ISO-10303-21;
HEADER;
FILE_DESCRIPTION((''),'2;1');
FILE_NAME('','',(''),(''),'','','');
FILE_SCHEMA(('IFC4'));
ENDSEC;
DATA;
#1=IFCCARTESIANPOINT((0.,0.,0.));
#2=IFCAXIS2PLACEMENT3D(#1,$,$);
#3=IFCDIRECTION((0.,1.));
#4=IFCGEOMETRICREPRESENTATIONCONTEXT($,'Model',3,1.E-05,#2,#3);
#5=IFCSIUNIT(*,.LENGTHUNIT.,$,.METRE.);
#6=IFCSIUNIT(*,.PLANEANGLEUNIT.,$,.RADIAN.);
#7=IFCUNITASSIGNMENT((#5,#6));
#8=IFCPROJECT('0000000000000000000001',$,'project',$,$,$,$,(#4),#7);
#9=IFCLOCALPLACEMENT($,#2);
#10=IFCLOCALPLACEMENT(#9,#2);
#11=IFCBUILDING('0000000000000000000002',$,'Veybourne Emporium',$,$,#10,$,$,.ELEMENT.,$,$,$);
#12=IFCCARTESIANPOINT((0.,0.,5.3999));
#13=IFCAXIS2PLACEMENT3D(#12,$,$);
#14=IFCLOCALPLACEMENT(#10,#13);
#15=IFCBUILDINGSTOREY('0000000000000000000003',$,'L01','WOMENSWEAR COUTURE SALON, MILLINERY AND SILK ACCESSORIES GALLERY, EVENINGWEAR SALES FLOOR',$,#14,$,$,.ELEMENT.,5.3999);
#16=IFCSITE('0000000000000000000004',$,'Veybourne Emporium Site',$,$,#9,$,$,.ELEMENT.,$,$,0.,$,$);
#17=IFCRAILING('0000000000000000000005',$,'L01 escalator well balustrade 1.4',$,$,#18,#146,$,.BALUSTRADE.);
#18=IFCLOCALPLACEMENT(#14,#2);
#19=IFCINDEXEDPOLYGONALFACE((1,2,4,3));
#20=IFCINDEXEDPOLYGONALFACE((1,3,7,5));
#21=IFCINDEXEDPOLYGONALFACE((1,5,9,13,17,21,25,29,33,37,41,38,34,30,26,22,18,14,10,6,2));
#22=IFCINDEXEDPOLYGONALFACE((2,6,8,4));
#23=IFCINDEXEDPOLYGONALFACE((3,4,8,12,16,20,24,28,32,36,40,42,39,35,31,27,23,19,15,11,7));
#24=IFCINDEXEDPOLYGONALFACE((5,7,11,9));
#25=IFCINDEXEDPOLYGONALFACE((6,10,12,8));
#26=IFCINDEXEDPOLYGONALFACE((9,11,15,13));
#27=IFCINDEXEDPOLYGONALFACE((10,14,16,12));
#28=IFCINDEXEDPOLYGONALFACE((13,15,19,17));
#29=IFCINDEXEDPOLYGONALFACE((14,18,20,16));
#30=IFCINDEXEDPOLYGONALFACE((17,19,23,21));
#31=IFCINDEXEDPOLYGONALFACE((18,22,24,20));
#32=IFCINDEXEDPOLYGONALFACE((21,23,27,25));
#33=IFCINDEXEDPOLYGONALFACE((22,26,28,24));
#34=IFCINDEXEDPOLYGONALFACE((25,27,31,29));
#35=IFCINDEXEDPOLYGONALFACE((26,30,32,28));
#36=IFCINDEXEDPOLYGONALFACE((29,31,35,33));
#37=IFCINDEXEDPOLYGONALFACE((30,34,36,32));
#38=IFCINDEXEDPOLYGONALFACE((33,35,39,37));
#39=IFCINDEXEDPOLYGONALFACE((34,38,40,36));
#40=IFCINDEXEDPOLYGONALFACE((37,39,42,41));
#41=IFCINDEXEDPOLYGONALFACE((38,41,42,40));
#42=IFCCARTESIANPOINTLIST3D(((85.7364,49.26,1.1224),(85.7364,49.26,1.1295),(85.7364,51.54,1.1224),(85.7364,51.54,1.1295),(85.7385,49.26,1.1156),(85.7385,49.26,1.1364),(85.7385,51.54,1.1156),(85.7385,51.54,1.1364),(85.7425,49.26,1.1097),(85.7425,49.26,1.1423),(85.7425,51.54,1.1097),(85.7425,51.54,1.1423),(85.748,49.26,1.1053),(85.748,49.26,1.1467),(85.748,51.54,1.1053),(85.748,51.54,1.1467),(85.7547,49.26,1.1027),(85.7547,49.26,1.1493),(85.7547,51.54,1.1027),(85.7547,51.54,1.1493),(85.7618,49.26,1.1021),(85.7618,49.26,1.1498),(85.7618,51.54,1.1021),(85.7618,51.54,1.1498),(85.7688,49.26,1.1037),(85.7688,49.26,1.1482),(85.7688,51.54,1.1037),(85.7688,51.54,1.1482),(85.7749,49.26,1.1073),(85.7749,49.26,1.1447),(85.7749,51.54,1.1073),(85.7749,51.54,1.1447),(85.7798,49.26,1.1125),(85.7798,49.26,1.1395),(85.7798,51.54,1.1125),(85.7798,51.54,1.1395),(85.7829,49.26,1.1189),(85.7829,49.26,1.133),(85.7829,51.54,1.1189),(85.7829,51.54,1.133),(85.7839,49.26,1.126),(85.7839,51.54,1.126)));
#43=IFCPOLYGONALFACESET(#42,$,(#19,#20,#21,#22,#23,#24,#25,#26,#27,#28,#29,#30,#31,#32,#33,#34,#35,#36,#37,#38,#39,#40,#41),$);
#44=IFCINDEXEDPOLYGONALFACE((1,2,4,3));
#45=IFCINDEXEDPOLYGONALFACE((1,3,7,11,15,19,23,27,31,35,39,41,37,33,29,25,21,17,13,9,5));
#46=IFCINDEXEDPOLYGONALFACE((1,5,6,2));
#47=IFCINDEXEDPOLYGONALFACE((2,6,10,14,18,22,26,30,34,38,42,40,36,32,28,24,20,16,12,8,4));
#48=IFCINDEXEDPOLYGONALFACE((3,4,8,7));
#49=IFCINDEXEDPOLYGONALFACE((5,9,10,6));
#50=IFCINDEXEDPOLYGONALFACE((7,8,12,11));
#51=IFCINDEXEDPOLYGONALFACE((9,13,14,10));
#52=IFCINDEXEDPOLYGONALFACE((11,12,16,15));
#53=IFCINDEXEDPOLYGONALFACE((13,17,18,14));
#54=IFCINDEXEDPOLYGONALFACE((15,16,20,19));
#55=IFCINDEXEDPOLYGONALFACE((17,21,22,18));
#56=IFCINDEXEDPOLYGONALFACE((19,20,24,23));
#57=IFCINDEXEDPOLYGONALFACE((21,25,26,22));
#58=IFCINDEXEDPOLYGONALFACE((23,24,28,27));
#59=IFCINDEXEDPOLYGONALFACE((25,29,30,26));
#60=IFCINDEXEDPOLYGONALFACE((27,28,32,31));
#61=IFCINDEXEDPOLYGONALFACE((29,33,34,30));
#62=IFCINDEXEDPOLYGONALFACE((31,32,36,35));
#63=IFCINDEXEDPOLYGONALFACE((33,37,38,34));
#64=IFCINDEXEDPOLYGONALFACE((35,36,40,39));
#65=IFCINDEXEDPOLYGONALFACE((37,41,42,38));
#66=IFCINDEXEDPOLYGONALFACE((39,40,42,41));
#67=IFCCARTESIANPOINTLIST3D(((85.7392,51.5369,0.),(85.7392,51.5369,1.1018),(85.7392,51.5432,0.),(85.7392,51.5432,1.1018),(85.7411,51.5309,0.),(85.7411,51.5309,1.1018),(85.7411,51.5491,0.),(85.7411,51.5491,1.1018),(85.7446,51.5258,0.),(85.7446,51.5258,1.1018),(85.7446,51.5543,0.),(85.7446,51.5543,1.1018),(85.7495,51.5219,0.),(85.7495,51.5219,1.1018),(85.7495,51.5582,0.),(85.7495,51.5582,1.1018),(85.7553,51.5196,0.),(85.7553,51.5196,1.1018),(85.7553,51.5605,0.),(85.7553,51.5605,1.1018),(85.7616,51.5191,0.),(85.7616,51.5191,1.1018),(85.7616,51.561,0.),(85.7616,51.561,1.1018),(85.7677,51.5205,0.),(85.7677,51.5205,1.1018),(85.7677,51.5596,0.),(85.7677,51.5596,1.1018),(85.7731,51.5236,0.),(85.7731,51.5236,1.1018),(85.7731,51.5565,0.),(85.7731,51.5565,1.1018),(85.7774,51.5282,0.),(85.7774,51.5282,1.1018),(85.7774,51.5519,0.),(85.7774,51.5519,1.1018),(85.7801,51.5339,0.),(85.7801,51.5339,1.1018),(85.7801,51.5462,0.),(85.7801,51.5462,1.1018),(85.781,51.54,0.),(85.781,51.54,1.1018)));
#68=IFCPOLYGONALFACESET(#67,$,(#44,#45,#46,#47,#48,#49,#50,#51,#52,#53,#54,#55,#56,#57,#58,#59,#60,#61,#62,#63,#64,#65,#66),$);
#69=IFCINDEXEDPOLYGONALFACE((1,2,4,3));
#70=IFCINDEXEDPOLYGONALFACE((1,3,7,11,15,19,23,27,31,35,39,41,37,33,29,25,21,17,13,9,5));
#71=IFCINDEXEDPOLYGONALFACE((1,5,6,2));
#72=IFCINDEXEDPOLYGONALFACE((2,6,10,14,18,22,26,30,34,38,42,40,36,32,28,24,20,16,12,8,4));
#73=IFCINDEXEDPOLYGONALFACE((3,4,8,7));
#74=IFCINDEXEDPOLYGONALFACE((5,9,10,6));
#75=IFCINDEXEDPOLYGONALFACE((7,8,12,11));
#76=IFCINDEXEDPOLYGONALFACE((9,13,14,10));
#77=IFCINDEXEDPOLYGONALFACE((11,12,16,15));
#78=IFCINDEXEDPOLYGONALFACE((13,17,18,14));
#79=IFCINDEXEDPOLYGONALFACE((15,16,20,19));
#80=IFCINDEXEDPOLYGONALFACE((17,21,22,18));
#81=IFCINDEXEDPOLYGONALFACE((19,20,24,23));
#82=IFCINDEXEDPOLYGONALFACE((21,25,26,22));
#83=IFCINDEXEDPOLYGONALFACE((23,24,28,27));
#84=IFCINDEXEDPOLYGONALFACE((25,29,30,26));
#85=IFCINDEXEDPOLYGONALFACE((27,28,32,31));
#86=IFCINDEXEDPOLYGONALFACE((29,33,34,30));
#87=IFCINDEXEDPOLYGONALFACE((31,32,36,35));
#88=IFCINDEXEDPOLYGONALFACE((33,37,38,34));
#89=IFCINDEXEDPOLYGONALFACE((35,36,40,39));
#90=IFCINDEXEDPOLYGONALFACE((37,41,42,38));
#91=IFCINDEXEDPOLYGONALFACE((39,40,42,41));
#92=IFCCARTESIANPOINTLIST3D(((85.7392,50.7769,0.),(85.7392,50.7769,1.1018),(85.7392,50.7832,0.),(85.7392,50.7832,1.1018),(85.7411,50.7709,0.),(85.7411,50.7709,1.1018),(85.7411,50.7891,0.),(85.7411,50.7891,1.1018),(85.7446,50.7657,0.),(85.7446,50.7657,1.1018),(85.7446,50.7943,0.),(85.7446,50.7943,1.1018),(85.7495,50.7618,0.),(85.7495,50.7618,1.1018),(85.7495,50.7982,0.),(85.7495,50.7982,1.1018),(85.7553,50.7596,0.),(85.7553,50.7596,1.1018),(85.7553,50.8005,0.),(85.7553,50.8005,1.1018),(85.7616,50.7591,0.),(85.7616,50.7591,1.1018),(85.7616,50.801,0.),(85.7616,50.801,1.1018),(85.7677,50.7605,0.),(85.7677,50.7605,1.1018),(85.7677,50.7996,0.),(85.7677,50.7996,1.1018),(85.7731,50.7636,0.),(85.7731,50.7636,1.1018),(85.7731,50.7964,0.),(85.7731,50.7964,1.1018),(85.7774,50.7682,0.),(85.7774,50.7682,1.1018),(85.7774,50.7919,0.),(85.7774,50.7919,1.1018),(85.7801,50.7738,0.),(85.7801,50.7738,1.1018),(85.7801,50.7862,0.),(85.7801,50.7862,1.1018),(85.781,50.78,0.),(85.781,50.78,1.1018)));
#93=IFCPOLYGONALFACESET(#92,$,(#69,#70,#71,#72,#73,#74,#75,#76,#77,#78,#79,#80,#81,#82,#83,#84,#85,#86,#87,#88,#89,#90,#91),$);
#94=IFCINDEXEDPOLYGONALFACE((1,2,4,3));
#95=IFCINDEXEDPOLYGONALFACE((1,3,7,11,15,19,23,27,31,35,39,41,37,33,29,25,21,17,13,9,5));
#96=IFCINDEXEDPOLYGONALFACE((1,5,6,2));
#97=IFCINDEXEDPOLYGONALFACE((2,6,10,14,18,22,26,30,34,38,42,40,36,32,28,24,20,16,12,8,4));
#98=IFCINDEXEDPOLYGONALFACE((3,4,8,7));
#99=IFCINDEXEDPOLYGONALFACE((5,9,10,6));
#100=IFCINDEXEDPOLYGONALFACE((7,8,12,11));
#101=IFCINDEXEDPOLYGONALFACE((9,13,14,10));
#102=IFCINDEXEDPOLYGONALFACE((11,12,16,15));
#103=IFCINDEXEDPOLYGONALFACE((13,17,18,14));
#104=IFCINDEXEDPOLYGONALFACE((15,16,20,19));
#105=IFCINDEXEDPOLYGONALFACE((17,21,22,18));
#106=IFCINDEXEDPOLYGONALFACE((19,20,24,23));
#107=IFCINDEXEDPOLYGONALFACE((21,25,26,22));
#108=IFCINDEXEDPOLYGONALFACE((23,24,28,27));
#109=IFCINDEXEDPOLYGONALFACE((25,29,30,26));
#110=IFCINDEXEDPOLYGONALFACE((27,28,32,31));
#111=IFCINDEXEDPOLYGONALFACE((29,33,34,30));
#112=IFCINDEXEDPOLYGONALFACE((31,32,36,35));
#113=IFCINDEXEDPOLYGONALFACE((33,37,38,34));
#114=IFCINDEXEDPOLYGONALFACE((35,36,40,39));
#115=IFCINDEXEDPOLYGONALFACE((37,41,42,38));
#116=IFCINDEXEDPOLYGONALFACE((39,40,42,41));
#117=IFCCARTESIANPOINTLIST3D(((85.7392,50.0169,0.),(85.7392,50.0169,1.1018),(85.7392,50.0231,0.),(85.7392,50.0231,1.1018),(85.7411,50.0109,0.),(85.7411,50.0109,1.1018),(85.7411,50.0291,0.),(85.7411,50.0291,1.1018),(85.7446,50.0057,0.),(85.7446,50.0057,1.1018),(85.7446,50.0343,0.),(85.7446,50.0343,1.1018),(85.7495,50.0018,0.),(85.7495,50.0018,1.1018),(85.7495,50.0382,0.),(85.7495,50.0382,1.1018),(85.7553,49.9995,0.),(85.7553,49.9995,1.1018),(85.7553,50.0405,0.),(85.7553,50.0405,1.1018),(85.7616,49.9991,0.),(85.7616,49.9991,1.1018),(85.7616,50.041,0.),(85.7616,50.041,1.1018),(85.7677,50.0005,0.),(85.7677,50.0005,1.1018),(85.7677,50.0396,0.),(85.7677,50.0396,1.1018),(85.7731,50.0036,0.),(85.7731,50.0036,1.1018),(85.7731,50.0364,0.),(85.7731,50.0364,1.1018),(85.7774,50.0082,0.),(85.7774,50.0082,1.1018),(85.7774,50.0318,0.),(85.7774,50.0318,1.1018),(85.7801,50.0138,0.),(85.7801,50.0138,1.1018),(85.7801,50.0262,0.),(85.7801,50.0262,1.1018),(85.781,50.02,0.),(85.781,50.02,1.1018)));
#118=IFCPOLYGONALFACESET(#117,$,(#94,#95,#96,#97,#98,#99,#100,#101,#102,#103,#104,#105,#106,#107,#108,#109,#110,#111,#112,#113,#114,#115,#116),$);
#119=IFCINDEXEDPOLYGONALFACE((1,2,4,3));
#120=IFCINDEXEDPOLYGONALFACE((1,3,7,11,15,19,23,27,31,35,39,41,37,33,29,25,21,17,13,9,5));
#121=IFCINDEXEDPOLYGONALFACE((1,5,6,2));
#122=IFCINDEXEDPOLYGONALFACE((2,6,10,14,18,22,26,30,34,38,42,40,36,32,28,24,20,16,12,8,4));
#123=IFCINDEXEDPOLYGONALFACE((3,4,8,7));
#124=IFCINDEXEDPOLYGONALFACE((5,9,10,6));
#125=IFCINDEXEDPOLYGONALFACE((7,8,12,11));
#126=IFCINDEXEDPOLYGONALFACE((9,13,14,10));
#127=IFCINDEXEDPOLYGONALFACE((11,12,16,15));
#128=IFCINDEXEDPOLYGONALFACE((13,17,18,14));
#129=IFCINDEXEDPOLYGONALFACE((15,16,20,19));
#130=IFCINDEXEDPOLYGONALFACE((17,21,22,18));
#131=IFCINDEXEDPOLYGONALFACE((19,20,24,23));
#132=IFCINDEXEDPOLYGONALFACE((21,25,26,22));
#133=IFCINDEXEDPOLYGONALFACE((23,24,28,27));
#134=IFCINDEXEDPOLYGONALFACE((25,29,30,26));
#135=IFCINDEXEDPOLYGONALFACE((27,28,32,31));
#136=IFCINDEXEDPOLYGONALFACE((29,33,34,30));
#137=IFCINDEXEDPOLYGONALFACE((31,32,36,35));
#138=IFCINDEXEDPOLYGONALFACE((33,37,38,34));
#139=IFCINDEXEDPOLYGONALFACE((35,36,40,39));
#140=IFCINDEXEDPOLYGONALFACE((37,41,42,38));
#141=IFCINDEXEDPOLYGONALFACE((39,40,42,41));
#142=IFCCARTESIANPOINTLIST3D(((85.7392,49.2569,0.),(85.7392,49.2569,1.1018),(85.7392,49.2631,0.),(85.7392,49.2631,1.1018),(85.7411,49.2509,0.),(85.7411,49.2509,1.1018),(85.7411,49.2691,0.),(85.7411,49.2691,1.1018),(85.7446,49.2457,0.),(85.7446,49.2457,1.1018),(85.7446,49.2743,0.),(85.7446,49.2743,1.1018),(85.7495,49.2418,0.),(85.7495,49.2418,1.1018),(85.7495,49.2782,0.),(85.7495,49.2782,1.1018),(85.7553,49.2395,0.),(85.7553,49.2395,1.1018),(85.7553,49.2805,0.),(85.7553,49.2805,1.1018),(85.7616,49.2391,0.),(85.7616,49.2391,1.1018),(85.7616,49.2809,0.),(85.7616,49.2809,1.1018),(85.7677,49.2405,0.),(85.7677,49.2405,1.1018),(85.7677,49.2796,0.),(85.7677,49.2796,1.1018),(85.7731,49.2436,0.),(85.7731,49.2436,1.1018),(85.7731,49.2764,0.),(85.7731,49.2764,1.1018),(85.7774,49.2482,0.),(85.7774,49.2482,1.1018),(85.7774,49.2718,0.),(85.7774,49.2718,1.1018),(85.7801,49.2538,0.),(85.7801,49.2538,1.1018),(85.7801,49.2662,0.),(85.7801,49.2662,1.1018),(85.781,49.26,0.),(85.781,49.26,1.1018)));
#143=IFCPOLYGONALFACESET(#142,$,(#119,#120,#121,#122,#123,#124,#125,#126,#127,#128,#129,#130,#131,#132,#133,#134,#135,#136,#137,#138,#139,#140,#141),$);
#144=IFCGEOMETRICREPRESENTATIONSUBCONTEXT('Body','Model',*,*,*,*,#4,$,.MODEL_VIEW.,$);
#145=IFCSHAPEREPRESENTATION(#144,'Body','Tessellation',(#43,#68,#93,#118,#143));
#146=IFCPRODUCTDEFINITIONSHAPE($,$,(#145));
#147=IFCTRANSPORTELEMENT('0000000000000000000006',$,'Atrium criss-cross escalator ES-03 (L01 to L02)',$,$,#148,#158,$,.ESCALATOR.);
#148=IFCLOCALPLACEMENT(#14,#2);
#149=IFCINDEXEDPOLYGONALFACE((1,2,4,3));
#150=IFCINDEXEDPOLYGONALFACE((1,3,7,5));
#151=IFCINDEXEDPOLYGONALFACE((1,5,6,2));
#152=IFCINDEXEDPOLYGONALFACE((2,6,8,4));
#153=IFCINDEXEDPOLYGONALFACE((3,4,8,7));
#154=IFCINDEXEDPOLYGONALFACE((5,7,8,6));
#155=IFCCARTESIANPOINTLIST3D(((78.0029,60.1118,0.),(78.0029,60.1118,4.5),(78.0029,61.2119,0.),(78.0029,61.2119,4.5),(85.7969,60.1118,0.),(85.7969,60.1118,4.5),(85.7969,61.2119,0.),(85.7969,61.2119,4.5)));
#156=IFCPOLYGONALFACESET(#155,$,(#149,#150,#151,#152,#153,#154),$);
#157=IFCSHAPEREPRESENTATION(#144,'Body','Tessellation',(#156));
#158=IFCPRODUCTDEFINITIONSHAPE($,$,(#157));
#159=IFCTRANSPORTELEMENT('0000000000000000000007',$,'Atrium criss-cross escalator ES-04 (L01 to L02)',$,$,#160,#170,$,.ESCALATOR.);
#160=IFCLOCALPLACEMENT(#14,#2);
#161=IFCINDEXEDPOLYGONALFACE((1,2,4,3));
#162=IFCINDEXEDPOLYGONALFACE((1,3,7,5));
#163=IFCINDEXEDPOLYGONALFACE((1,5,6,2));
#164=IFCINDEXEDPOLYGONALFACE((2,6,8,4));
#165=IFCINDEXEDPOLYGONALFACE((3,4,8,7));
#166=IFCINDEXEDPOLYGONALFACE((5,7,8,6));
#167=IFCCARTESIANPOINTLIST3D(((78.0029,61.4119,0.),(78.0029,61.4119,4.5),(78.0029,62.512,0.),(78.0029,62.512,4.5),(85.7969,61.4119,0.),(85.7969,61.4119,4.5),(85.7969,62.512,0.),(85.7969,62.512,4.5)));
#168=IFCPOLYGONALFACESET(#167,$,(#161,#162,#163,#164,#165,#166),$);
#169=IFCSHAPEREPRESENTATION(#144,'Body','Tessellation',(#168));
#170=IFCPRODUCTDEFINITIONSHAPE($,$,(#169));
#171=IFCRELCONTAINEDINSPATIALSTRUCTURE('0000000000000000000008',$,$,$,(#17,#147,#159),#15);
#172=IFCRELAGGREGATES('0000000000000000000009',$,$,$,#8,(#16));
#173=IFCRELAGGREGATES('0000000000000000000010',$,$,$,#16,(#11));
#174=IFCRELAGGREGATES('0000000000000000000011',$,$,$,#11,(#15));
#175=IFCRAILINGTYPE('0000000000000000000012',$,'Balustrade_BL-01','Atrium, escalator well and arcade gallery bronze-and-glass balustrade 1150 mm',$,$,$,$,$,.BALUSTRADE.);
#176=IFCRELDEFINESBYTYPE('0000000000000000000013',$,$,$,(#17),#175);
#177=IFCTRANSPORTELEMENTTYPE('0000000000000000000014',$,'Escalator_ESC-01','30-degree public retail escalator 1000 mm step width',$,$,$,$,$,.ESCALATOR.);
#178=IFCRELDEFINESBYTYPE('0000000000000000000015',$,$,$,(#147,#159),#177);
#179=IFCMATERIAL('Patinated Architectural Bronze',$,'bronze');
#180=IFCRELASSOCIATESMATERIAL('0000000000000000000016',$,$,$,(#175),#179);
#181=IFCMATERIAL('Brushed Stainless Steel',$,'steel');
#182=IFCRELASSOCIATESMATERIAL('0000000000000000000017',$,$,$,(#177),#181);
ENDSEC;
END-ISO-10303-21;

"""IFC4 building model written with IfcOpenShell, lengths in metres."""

from ifc_helpers import new_model, si_unit, direction, frame, origin, origin_2d, place, context, subcontext, project, spatial, rectangle, circle, extrude, material, type_object, element, save


model = new_model("IFC4")

# Units and contexts
model_context = context("Model", 3, precision=1e-05, world=origin(), true_north=direction((0.0, 1.0)))
body_context = subcontext(model_context, "Body", "Model", "MODEL_VIEW")
ifc_project = project(units=[si_unit("LENGTHUNIT", "METRE"), si_unit("PLANEANGLEUNIT", "RADIAN")], contexts=[model_context])

# Site, building, storey
site_placement = place(None, origin())
site = spatial("IfcSite", under=ifc_project, at=site_placement, Name="Veybourne Emporium Site", CompositionType="ELEMENT", RefElevation=0.0)
building_placement = place(site_placement, origin())
building = spatial("IfcBuilding", under=site, at=building_placement, Name="Veybourne Emporium", CompositionType="ELEMENT")
storey_placement = place(building_placement, frame((0.0, 0.0, 5.3999)))
storey = spatial("IfcBuildingStorey", under=building, at=storey_placement, Name="L01", Description="WOMENSWEAR COUTURE SALON, MILLINERY AND SILK ACCESSORIES GALLERY, EVENINGWEAR SALES FLOOR", CompositionType="ELEMENT", Elevation=5.3999)

# Railing
ifc_material_1 = material(Name="Patinated Architectural Bronze", Category="bronze")
railing_type = type_object("IfcRailingType", Name="Balustrade_BL-01", Description="Atrium, escalator well and arcade gallery bronze-and-glass balustrade 1150 mm", PredefinedType="BALUSTRADE", material=ifc_material_1)
railing_1_placement = place(storey_placement, frame((85.76, 51.54, 0.0)))
element("IfcRailing", 1, at=railing_1_placement, inside=storey, type_object=railing_type, Name="L01 escalator well balustrade 1.4", PredefinedType="BALUSTRADE", context=body_context, shape_type="SweptSolid", body=[
    extrude(circle(Radius=0.0239, at=origin_2d()), frame((0.0, 0.0, 1.126), z_axis=(0.0, -1.0, 0.0), x_axis=(1.0, 0.0, 0.0)), (0.0, 0.0, 1.0), 2.28),
    extrude(circle(Radius=0.021, at=origin_2d()), origin(), (0.0, 0.0, 1.0), 1.1018),
    extrude(circle(Radius=0.021, at=origin_2d()), frame((0.0, -0.76, 0.0)), (0.0, 0.0, 1.0), 1.1018),
    extrude(circle(Radius=0.021, at=origin_2d()), frame((0.0, -1.52, 0.0)), (0.0, 0.0, 1.0), 1.1018),
    extrude(circle(Radius=0.021, at=origin_2d()), frame((0.0, -2.28, 0.0)), (0.0, 0.0, 1.0), 1.1018),
])

# Transport elements
ifc_material_2 = material(Name="Brushed Stainless Steel", Category="steel")
transport_element_type = type_object("IfcTransportElementType", Name="Escalator_ESC-01", Description="30-degree public retail escalator 1000 mm step width", PredefinedType="ESCALATOR", material=ifc_material_2)
for number, where, z_axis, x_axis, name in (
    (2, (81.8999, 60.6619, 0.0), (0.0, 0.0, 1.0), (1.0, 0.0, 0.0), "Atrium criss-cross escalator ES-03 (L01 to L02)"),
    (3, (81.8999, 61.9619, 0.0), (0.0, 0.0, 1.0), (1.0, 0.0, 0.0), "Atrium criss-cross escalator ES-04 (L01 to L02)"),
):
    element("IfcTransportElement", number, at=place(storey_placement, frame(where, z_axis=z_axis, x_axis=x_axis)), inside=storey, type_object=transport_element_type, Name=name, PredefinedType="ESCALATOR", context=body_context, shape_type="SweptSolid", body=[
        extrude(rectangle(XDim=7.7939, YDim=1.1001, at=origin_2d()), origin(), (0.0, 0.0, 1.0), 4.5),
    ])

save(model, "model.ifc")
